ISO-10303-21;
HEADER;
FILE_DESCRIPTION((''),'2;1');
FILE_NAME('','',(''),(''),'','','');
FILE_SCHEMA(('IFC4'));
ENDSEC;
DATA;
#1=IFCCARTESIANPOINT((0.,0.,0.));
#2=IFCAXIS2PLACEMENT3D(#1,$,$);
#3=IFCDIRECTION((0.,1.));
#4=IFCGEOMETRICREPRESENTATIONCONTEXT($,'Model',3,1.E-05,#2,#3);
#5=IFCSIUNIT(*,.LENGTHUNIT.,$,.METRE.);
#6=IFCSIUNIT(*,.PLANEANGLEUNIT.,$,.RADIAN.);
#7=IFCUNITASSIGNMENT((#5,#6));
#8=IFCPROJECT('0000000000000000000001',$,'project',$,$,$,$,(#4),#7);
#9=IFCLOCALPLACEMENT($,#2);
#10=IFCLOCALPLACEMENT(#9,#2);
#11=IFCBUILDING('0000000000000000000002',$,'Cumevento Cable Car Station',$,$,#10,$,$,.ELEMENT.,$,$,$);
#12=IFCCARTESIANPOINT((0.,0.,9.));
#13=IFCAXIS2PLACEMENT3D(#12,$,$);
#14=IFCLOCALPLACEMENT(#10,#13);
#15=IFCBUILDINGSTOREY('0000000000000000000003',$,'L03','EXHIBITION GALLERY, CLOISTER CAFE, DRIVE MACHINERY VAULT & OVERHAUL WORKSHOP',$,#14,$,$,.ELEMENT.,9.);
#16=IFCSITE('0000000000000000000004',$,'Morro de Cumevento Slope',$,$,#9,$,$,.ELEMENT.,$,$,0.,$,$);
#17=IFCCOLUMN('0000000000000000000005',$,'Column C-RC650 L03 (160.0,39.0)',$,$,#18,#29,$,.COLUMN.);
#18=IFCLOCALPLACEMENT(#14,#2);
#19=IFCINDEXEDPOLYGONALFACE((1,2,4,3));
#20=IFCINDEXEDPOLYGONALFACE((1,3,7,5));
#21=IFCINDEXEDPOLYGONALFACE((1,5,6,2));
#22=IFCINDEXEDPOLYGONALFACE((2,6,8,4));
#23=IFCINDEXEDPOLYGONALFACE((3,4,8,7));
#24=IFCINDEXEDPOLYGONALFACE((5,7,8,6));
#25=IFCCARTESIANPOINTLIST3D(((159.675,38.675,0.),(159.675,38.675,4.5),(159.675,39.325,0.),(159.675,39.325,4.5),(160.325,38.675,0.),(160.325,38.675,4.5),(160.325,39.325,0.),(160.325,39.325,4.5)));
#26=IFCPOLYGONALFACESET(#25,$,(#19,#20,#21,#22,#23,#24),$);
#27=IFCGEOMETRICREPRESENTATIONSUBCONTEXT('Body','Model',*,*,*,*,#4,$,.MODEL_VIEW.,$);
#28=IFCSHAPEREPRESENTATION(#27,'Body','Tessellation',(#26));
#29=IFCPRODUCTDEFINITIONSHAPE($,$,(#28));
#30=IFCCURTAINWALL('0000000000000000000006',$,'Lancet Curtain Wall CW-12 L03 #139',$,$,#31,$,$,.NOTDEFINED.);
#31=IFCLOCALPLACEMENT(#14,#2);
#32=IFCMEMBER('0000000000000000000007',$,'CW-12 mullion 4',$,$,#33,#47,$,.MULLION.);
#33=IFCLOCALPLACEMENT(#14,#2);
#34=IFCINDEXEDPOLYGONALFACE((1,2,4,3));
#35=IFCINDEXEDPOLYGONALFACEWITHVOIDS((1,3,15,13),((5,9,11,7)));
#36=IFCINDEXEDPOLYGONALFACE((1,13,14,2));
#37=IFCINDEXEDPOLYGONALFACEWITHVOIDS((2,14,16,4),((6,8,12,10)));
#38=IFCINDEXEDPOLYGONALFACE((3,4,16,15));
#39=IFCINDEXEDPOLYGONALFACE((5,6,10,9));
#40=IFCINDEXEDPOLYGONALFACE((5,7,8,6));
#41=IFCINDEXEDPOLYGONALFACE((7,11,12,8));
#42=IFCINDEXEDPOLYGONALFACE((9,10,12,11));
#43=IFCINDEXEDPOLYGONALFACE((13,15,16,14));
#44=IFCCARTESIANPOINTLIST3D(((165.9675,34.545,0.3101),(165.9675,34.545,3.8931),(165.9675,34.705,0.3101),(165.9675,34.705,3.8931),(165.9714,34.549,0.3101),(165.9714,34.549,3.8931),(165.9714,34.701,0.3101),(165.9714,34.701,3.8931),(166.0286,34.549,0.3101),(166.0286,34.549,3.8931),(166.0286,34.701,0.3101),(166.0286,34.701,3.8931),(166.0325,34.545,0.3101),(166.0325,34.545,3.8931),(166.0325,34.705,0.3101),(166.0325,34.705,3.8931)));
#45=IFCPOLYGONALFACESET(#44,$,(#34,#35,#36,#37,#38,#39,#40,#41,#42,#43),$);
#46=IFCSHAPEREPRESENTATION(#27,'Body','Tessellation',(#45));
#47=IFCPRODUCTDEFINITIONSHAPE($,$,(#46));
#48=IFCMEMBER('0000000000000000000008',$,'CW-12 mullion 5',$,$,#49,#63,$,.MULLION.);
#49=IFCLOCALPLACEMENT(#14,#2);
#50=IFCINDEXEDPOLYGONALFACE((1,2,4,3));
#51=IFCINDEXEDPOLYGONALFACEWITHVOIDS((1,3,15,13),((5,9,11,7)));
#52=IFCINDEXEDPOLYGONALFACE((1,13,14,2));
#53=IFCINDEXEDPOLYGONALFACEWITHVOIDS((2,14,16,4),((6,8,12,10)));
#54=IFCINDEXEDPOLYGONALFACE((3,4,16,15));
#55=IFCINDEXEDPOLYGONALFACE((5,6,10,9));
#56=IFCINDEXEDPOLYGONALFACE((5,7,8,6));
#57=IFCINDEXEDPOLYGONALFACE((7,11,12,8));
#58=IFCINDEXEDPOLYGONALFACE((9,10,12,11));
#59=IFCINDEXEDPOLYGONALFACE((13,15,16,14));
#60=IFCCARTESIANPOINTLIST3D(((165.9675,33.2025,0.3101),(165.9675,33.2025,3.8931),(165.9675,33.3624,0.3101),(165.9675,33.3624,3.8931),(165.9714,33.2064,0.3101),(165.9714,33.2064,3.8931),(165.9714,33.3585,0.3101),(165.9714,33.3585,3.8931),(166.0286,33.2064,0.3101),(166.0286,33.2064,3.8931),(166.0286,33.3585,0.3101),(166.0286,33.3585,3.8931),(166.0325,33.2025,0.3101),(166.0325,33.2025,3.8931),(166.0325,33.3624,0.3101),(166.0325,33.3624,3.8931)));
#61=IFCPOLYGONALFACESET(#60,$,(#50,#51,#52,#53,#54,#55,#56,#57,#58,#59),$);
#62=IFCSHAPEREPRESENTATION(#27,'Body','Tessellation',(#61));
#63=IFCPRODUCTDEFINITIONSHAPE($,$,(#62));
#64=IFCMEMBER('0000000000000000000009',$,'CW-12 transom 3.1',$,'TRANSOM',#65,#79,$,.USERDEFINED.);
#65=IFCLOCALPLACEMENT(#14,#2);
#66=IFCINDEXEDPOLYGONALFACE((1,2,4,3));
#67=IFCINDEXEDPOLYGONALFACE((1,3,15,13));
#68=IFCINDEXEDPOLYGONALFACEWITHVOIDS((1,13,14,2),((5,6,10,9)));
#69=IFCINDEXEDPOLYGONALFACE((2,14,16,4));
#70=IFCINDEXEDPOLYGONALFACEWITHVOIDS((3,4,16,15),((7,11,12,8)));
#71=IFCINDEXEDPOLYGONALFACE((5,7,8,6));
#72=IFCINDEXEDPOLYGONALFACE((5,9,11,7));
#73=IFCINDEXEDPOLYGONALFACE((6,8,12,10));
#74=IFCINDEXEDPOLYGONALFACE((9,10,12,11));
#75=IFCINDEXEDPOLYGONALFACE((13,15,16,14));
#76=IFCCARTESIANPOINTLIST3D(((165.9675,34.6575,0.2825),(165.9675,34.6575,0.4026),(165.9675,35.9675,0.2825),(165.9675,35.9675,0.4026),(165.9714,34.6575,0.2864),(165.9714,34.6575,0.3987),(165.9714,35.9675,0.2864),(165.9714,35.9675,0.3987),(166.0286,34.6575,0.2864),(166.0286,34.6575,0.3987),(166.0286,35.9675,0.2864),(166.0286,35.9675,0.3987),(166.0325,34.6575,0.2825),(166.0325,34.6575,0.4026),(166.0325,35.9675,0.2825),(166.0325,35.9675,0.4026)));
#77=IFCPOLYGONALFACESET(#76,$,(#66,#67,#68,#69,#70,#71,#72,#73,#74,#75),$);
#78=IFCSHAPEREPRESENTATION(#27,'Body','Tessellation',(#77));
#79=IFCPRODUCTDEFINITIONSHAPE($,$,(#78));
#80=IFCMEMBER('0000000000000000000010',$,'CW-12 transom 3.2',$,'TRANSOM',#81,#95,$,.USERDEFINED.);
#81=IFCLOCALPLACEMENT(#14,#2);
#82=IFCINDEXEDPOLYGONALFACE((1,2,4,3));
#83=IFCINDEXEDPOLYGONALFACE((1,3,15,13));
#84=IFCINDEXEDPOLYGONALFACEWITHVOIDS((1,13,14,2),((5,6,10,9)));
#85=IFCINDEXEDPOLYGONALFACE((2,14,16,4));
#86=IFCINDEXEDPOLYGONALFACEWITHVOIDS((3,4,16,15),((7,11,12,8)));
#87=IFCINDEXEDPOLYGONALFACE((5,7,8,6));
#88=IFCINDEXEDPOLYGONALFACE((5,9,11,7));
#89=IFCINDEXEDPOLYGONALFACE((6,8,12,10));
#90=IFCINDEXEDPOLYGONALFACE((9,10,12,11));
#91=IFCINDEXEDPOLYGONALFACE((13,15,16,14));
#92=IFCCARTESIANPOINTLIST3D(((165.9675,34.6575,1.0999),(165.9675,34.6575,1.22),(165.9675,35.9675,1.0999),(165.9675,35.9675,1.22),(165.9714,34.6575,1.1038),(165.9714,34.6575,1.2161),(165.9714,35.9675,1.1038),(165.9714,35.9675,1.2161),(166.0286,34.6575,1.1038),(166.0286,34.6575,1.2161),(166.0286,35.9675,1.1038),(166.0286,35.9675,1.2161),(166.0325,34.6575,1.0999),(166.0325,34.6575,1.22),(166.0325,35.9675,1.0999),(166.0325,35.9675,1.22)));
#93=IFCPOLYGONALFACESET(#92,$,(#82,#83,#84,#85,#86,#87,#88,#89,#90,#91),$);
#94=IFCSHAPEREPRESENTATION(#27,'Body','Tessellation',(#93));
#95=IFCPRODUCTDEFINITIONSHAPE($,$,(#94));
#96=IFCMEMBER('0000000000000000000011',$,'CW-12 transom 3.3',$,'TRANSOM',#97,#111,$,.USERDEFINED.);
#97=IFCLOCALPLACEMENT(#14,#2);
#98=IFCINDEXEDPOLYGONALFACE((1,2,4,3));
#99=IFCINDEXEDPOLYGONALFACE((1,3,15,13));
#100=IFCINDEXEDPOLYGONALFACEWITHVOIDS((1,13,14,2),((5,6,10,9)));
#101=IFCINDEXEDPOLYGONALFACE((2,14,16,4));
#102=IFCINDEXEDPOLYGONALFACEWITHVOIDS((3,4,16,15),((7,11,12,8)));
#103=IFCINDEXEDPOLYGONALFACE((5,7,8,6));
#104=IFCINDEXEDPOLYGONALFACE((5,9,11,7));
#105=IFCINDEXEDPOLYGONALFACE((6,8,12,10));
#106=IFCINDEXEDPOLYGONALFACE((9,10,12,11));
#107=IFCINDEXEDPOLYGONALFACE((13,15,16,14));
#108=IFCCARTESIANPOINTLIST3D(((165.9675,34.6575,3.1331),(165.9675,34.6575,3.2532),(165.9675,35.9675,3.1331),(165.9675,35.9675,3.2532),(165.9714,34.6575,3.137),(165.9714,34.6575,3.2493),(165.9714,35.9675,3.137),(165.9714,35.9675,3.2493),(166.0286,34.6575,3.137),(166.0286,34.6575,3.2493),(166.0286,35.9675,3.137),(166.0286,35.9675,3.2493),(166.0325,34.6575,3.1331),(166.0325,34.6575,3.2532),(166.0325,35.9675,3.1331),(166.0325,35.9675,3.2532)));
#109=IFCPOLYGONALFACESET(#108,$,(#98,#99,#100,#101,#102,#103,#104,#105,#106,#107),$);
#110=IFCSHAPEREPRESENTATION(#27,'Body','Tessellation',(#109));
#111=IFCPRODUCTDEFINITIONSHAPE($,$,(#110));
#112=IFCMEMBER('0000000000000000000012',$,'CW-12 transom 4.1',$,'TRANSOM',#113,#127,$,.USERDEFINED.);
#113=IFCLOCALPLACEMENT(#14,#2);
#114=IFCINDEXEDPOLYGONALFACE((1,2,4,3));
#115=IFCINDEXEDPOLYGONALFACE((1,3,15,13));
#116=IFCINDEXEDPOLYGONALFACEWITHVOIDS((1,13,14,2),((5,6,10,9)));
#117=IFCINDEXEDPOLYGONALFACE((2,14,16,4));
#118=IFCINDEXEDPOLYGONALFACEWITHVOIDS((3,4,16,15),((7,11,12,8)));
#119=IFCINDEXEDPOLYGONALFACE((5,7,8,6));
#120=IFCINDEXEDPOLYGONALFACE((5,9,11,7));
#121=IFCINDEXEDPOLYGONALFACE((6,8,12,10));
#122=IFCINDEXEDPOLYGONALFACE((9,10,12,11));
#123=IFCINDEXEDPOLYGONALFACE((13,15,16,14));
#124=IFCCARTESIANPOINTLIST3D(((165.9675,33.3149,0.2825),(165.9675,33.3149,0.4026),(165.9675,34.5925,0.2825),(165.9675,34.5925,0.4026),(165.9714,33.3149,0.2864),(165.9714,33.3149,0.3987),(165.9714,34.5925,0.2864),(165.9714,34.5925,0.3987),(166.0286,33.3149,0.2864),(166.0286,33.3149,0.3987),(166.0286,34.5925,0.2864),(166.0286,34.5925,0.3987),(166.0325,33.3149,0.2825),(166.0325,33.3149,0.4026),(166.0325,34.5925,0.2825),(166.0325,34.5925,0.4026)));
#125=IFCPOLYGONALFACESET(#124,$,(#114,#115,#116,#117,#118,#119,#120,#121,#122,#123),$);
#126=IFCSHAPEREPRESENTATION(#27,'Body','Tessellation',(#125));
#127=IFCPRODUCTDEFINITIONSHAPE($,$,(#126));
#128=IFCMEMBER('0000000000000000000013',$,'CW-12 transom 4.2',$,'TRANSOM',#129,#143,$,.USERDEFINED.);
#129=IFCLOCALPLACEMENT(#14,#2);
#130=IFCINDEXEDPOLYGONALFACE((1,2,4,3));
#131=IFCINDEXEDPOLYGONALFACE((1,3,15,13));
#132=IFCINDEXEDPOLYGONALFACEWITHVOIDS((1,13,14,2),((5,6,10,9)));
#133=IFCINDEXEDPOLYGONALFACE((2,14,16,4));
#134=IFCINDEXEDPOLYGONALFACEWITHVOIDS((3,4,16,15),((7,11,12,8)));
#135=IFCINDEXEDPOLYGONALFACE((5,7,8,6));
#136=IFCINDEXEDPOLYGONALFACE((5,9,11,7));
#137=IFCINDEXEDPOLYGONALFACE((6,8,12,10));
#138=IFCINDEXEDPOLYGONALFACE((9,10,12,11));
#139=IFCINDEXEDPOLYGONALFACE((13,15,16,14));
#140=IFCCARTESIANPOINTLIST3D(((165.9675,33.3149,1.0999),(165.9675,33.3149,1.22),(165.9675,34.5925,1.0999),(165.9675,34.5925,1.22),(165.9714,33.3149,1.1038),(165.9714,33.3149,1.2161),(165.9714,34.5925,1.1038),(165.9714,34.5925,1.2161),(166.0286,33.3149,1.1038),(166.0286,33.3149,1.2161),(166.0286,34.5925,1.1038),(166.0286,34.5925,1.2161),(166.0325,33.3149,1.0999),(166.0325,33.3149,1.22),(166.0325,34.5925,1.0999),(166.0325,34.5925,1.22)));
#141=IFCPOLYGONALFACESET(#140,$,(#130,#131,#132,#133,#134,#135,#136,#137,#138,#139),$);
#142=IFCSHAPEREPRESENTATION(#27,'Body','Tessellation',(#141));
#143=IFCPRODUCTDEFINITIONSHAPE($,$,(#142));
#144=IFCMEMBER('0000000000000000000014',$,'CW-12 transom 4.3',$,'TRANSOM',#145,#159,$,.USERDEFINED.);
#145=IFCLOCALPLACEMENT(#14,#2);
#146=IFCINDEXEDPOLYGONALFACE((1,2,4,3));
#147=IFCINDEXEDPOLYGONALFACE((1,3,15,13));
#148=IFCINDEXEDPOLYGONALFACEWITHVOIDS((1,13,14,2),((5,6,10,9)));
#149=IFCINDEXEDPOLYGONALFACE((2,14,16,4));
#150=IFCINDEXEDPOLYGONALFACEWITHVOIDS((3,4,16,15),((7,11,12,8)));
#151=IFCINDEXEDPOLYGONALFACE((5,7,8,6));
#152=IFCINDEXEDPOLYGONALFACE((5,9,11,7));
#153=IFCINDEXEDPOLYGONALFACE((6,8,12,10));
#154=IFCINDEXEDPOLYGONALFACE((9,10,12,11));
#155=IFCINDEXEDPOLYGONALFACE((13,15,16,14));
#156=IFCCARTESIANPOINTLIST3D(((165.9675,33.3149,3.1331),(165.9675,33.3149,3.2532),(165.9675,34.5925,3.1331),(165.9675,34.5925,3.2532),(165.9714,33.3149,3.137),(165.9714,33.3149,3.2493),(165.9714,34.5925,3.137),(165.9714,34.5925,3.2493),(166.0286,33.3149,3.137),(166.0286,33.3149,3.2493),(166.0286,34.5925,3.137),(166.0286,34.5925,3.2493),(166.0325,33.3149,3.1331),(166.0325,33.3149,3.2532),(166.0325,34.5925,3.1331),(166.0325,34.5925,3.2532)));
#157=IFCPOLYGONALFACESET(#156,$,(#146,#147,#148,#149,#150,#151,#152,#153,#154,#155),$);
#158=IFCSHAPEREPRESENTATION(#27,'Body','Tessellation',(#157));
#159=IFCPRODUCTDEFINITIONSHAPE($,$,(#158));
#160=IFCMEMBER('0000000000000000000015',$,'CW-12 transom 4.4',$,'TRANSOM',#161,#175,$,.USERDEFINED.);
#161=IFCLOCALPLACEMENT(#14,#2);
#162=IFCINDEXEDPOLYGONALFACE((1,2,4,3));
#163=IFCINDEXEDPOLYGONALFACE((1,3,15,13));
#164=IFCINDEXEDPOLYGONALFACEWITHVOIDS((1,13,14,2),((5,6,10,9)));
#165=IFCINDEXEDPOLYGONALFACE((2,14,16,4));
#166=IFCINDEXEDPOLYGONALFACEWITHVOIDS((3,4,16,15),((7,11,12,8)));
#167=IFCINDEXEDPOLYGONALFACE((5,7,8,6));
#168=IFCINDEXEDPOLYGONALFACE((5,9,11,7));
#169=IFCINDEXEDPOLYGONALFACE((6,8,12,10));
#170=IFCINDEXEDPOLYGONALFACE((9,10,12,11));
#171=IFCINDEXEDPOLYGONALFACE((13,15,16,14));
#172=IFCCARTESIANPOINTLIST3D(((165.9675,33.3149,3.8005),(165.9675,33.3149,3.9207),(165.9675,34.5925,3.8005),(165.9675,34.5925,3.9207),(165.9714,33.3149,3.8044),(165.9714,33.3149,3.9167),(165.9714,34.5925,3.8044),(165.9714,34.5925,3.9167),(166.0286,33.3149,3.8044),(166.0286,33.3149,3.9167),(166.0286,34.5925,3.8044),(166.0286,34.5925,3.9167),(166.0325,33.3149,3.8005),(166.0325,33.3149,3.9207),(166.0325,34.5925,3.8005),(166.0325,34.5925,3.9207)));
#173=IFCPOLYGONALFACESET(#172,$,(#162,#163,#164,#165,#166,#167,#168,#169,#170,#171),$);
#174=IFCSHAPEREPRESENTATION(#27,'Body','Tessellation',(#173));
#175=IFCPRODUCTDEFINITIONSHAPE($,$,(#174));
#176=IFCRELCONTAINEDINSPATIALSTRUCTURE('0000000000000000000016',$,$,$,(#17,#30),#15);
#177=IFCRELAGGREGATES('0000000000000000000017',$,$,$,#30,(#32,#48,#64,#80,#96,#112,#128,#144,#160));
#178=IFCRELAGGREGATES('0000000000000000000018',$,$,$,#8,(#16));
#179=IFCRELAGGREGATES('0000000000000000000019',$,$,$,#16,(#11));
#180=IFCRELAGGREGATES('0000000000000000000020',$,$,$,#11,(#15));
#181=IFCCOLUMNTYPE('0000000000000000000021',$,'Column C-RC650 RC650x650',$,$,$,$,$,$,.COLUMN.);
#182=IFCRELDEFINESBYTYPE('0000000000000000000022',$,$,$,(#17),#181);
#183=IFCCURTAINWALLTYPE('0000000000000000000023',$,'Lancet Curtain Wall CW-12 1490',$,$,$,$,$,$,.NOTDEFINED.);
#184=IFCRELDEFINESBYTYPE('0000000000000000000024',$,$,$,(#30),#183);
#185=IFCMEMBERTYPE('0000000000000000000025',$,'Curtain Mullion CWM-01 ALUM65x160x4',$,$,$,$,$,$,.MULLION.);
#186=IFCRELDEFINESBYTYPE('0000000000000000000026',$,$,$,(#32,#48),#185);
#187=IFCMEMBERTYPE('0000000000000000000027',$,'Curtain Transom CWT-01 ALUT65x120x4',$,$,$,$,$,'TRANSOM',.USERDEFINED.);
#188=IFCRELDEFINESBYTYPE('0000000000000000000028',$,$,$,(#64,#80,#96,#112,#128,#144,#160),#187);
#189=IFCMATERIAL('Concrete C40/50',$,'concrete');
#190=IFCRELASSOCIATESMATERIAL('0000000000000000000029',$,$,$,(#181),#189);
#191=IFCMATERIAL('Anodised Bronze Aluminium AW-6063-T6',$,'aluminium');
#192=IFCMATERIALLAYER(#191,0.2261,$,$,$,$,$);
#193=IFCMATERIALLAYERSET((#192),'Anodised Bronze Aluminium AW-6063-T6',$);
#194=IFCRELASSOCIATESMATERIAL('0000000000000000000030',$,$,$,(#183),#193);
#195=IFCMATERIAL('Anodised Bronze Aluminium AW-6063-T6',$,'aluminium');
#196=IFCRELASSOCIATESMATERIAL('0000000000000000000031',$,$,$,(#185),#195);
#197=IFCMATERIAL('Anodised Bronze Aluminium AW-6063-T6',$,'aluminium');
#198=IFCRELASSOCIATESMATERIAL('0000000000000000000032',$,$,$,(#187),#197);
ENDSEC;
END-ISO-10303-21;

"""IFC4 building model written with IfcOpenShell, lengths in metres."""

from ifc_helpers import new_model, si_unit, direction, frame, origin, origin_2d, place, context, subcontext, project, spatial, rectangle, hollow_rectangle, extrude, material, layer, layer_set, material_profile, profile_set, type_object, element, aggregate, save


model = new_model("IFC4")

# Units and contexts
model_context = context("Model", 3, precision=1e-05, world=origin(), true_north=direction((0.0, 1.0)))
body_context = subcontext(model_context, "Body", "Model", "MODEL_VIEW")
ifc_project = project(units=[si_unit("LENGTHUNIT", "METRE"), si_unit("PLANEANGLEUNIT", "RADIAN")], contexts=[model_context])

# Site, building, storey
site_placement = place(None, origin())
site = spatial("IfcSite", under=ifc_project, at=site_placement, Name="Morro de Cumevento Slope", CompositionType="ELEMENT", RefElevation=0.0)
building_placement = place(site_placement, origin())
building = spatial("IfcBuilding", under=site, at=building_placement, Name="Cumevento Cable Car Station", CompositionType="ELEMENT")
storey_placement = place(building_placement, frame((0.0, 0.0, 9.0)))
storey = spatial("IfcBuildingStorey", under=building, at=storey_placement, Name="L03", Description="EXHIBITION GALLERY, CLOISTER CAFE, DRIVE MACHINERY VAULT & OVERHAUL WORKSHOP", CompositionType="ELEMENT", Elevation=9.0)

# Column
ifc_material_1 = material(Name="Concrete C40/50", Category="concrete")
ifc_material_profile_1 = material_profile(ifc_material_1, rectangle(XDim=0.6499, YDim=0.6499, at=origin_2d()), Name="RC650x650")
ifc_profile_set_1 = profile_set([ifc_material_profile_1], Name="Concrete C40/50")
column_type = type_object("IfcColumnType", Name="Column C-RC650 RC650x650", PredefinedType="COLUMN", material=ifc_profile_set_1)
column_placement = place(storey_placement, frame((160.0, 39.0, 0.0), z_axis=(0.0, 0.0, 1.0), x_axis=(1.0, 0.0, 0.0)))
element("IfcColumn", 1, at=column_placement, inside=storey, type_object=column_type, Name="Column C-RC650 L03 (160.0,39.0)", PredefinedType="COLUMN", context=body_context, shape_type="SweptSolid", body=[
    extrude(rectangle(XDim=0.6499, YDim=0.6499, at=origin_2d()), origin(), (0.0, 0.0, 1.0), 4.5),
])

# Curtain wall, members
ifc_material_2 = material(Name="Anodised Bronze Aluminium AW-6063-T6", Category="aluminium")
ifc_layer_1 = layer(ifc_material_2, 0.2261)
ifc_layer_set_1 = layer_set([ifc_layer_1], Name="Anodised Bronze Aluminium AW-6063-T6")
curtain_wall_type = type_object("IfcCurtainWallType", Name="Lancet Curtain Wall CW-12 1490", PredefinedType="NOTDEFINED", material=ifc_layer_set_1)
curtain_wall_placement = place(storey_placement, origin())
curtain_wall = element("IfcCurtainWall", 2, at=curtain_wall_placement, inside=storey, type_object=curtain_wall_type, Name="Lancet Curtain Wall CW-12 L03 #139", PredefinedType="NOTDEFINED")
ifc_material_3 = material(Name="Anodised Bronze Aluminium AW-6063-T6", Category="aluminium")
ifc_material_profile_2 = material_profile(ifc_material_3, hollow_rectangle(XDim=0.0649, YDim=0.1599, WallThickness=0.0039, at=origin_2d()), Name="ALUM65x160x4")
ifc_profile_set_2 = profile_set([ifc_material_profile_2], Name="Anodised Bronze Aluminium AW-6063-T6")
member_type_1 = type_object("IfcMemberType", Name="Curtain Mullion CWM-01 ALUM65x160x4", PredefinedType="MULLION", material=ifc_profile_set_2)
member_1_placement = place(storey_placement, frame((166.0, 34.625, 0.3101), z_axis=(0.0, 0.0, 1.0), x_axis=(1.0, 0.0, 0.0)))
member_1 = element("IfcMember", 3, at=member_1_placement, type_object=member_type_1, Name="CW-12 mullion 4", PredefinedType="MULLION", context=body_context, shape_type="SweptSolid", body=[
    extrude(hollow_rectangle(XDim=0.0649, YDim=0.1599, WallThickness=0.0039, at=origin_2d()), origin(), (0.0, 0.0, 1.0), 3.583),
])
member_2_placement = place(storey_placement, frame((166.0, 33.2825, 0.3101), z_axis=(0.0, 0.0, 1.0), x_axis=(1.0, 0.0, 0.0)))
member_2 = element("IfcMember", 4, at=member_2_placement, type_object=member_type_1, Name="CW-12 mullion 5", PredefinedType="MULLION", context=body_context, shape_type="SweptSolid", body=[
    extrude(hollow_rectangle(XDim=0.0649, YDim=0.1599, WallThickness=0.0039, at=origin_2d()), origin(), (0.0, 0.0, 1.0), 3.583),
])
ifc_material_4 = material(Name="Anodised Bronze Aluminium AW-6063-T6", Category="aluminium")
ifc_material_profile_3 = material_profile(ifc_material_4, hollow_rectangle(XDim=0.0649, YDim=0.1201, WallThickness=0.0039, at=origin_2d()), Name="ALUT65x120x4")
ifc_profile_set_3 = profile_set([ifc_material_profile_3], Name="Anodised Bronze Aluminium AW-6063-T6")
member_type_2 = type_object("IfcMemberType", Name="Curtain Transom CWT-01 ALUT65x120x4", ElementType="TRANSOM", PredefinedType="USERDEFINED", material=ifc_profile_set_3)
member_3_placement = place(storey_placement, frame((166.0, 35.9675, 0.3425), z_axis=(0.0, -1.0, 0.0), x_axis=(1.0, 0.0, 0.0)))
member_3 = element("IfcMember", 5, at=member_3_placement, type_object=member_type_2, Name="CW-12 transom 3.1", ObjectType="TRANSOM", PredefinedType="USERDEFINED", context=body_context, shape_type="SweptSolid", body=[
    extrude(hollow_rectangle(XDim=0.0649, YDim=0.1201, WallThickness=0.0039, at=origin_2d()), origin(), (0.0, 0.0, 1.0), 1.3101),
])
member_4_placement = place(storey_placement, frame((166.0, 35.9675, 1.1599), z_axis=(0.0, -1.0, 0.0), x_axis=(1.0, 0.0, 0.0)))
member_4 = element("IfcMember", 6, at=member_4_placement, type_object=member_type_2, Name="CW-12 transom 3.2", ObjectType="TRANSOM", PredefinedType="USERDEFINED", context=body_context, shape_type="SweptSolid", body=[
    extrude(hollow_rectangle(XDim=0.0649, YDim=0.1201, WallThickness=0.0039, at=origin_2d()), origin(), (0.0, 0.0, 1.0), 1.3101),
])
member_5_placement = place(storey_placement, frame((166.0, 35.9675, 3.1931), z_axis=(0.0, -1.0, 0.0), x_axis=(1.0, 0.0, 0.0)))
member_5 = element("IfcMember", 7, at=member_5_placement, type_object=member_type_2, Name="CW-12 transom 3.3", ObjectType="TRANSOM", PredefinedType="USERDEFINED", context=body_context, shape_type="SweptSolid", body=[
    extrude(hollow_rectangle(XDim=0.0649, YDim=0.1201, WallThickness=0.0039, at=origin_2d()), origin(), (0.0, 0.0, 1.0), 1.3101),
])
member_6_placement = place(storey_placement, frame((166.0, 34.5925, 0.3425), z_axis=(0.0, -1.0, 0.0), x_axis=(1.0, 0.0, 0.0)))
member_6 = element("IfcMember", 8, at=member_6_placement, type_object=member_type_2, Name="CW-12 transom 4.1", ObjectType="TRANSOM", PredefinedType="USERDEFINED", context=body_context, shape_type="SweptSolid", body=[
    extrude(hollow_rectangle(XDim=0.0649, YDim=0.1201, WallThickness=0.0039, at=origin_2d()), origin(), (0.0, 0.0, 1.0), 1.2776),
])
member_7_placement = place(storey_placement, frame((166.0, 34.5925, 1.1599), z_axis=(0.0, -1.0, 0.0), x_axis=(1.0, 0.0, 0.0)))
member_7 = element("IfcMember", 9, at=member_7_placement, type_object=member_type_2, Name="CW-12 transom 4.2", ObjectType="TRANSOM", PredefinedType="USERDEFINED", context=body_context, shape_type="SweptSolid", body=[
    extrude(hollow_rectangle(XDim=0.0649, YDim=0.1201, WallThickness=0.0039, at=origin_2d()), origin(), (0.0, 0.0, 1.0), 1.2776),
])
member_8_placement = place(storey_placement, frame((166.0, 34.5925, 3.1931), z_axis=(0.0, -1.0, 0.0), x_axis=(1.0, 0.0, 0.0)))
member_8 = element("IfcMember", 10, at=member_8_placement, type_object=member_type_2, Name="CW-12 transom 4.3", ObjectType="TRANSOM", PredefinedType="USERDEFINED", context=body_context, shape_type="SweptSolid", body=[
    extrude(hollow_rectangle(XDim=0.0649, YDim=0.1201, WallThickness=0.0039, at=origin_2d()), origin(), (0.0, 0.0, 1.0), 1.2776),
])
member_9_placement = place(storey_placement, frame((166.0, 34.5925, 3.8606), z_axis=(0.0, -1.0, 0.0), x_axis=(1.0, 0.0, 0.0)))
member_9 = element("IfcMember", 11, at=member_9_placement, type_object=member_type_2, Name="CW-12 transom 4.4", ObjectType="TRANSOM", PredefinedType="USERDEFINED", context=body_context, shape_type="SweptSolid", body=[
    extrude(hollow_rectangle(XDim=0.0649, YDim=0.1201, WallThickness=0.0039, at=origin_2d()), origin(), (0.0, 0.0, 1.0), 1.2776),
])

aggregate(curtain_wall, [member_1, member_2, member_3, member_4, member_5, member_6, member_7, member_8, member_9])

save(model, "model.ifc")
